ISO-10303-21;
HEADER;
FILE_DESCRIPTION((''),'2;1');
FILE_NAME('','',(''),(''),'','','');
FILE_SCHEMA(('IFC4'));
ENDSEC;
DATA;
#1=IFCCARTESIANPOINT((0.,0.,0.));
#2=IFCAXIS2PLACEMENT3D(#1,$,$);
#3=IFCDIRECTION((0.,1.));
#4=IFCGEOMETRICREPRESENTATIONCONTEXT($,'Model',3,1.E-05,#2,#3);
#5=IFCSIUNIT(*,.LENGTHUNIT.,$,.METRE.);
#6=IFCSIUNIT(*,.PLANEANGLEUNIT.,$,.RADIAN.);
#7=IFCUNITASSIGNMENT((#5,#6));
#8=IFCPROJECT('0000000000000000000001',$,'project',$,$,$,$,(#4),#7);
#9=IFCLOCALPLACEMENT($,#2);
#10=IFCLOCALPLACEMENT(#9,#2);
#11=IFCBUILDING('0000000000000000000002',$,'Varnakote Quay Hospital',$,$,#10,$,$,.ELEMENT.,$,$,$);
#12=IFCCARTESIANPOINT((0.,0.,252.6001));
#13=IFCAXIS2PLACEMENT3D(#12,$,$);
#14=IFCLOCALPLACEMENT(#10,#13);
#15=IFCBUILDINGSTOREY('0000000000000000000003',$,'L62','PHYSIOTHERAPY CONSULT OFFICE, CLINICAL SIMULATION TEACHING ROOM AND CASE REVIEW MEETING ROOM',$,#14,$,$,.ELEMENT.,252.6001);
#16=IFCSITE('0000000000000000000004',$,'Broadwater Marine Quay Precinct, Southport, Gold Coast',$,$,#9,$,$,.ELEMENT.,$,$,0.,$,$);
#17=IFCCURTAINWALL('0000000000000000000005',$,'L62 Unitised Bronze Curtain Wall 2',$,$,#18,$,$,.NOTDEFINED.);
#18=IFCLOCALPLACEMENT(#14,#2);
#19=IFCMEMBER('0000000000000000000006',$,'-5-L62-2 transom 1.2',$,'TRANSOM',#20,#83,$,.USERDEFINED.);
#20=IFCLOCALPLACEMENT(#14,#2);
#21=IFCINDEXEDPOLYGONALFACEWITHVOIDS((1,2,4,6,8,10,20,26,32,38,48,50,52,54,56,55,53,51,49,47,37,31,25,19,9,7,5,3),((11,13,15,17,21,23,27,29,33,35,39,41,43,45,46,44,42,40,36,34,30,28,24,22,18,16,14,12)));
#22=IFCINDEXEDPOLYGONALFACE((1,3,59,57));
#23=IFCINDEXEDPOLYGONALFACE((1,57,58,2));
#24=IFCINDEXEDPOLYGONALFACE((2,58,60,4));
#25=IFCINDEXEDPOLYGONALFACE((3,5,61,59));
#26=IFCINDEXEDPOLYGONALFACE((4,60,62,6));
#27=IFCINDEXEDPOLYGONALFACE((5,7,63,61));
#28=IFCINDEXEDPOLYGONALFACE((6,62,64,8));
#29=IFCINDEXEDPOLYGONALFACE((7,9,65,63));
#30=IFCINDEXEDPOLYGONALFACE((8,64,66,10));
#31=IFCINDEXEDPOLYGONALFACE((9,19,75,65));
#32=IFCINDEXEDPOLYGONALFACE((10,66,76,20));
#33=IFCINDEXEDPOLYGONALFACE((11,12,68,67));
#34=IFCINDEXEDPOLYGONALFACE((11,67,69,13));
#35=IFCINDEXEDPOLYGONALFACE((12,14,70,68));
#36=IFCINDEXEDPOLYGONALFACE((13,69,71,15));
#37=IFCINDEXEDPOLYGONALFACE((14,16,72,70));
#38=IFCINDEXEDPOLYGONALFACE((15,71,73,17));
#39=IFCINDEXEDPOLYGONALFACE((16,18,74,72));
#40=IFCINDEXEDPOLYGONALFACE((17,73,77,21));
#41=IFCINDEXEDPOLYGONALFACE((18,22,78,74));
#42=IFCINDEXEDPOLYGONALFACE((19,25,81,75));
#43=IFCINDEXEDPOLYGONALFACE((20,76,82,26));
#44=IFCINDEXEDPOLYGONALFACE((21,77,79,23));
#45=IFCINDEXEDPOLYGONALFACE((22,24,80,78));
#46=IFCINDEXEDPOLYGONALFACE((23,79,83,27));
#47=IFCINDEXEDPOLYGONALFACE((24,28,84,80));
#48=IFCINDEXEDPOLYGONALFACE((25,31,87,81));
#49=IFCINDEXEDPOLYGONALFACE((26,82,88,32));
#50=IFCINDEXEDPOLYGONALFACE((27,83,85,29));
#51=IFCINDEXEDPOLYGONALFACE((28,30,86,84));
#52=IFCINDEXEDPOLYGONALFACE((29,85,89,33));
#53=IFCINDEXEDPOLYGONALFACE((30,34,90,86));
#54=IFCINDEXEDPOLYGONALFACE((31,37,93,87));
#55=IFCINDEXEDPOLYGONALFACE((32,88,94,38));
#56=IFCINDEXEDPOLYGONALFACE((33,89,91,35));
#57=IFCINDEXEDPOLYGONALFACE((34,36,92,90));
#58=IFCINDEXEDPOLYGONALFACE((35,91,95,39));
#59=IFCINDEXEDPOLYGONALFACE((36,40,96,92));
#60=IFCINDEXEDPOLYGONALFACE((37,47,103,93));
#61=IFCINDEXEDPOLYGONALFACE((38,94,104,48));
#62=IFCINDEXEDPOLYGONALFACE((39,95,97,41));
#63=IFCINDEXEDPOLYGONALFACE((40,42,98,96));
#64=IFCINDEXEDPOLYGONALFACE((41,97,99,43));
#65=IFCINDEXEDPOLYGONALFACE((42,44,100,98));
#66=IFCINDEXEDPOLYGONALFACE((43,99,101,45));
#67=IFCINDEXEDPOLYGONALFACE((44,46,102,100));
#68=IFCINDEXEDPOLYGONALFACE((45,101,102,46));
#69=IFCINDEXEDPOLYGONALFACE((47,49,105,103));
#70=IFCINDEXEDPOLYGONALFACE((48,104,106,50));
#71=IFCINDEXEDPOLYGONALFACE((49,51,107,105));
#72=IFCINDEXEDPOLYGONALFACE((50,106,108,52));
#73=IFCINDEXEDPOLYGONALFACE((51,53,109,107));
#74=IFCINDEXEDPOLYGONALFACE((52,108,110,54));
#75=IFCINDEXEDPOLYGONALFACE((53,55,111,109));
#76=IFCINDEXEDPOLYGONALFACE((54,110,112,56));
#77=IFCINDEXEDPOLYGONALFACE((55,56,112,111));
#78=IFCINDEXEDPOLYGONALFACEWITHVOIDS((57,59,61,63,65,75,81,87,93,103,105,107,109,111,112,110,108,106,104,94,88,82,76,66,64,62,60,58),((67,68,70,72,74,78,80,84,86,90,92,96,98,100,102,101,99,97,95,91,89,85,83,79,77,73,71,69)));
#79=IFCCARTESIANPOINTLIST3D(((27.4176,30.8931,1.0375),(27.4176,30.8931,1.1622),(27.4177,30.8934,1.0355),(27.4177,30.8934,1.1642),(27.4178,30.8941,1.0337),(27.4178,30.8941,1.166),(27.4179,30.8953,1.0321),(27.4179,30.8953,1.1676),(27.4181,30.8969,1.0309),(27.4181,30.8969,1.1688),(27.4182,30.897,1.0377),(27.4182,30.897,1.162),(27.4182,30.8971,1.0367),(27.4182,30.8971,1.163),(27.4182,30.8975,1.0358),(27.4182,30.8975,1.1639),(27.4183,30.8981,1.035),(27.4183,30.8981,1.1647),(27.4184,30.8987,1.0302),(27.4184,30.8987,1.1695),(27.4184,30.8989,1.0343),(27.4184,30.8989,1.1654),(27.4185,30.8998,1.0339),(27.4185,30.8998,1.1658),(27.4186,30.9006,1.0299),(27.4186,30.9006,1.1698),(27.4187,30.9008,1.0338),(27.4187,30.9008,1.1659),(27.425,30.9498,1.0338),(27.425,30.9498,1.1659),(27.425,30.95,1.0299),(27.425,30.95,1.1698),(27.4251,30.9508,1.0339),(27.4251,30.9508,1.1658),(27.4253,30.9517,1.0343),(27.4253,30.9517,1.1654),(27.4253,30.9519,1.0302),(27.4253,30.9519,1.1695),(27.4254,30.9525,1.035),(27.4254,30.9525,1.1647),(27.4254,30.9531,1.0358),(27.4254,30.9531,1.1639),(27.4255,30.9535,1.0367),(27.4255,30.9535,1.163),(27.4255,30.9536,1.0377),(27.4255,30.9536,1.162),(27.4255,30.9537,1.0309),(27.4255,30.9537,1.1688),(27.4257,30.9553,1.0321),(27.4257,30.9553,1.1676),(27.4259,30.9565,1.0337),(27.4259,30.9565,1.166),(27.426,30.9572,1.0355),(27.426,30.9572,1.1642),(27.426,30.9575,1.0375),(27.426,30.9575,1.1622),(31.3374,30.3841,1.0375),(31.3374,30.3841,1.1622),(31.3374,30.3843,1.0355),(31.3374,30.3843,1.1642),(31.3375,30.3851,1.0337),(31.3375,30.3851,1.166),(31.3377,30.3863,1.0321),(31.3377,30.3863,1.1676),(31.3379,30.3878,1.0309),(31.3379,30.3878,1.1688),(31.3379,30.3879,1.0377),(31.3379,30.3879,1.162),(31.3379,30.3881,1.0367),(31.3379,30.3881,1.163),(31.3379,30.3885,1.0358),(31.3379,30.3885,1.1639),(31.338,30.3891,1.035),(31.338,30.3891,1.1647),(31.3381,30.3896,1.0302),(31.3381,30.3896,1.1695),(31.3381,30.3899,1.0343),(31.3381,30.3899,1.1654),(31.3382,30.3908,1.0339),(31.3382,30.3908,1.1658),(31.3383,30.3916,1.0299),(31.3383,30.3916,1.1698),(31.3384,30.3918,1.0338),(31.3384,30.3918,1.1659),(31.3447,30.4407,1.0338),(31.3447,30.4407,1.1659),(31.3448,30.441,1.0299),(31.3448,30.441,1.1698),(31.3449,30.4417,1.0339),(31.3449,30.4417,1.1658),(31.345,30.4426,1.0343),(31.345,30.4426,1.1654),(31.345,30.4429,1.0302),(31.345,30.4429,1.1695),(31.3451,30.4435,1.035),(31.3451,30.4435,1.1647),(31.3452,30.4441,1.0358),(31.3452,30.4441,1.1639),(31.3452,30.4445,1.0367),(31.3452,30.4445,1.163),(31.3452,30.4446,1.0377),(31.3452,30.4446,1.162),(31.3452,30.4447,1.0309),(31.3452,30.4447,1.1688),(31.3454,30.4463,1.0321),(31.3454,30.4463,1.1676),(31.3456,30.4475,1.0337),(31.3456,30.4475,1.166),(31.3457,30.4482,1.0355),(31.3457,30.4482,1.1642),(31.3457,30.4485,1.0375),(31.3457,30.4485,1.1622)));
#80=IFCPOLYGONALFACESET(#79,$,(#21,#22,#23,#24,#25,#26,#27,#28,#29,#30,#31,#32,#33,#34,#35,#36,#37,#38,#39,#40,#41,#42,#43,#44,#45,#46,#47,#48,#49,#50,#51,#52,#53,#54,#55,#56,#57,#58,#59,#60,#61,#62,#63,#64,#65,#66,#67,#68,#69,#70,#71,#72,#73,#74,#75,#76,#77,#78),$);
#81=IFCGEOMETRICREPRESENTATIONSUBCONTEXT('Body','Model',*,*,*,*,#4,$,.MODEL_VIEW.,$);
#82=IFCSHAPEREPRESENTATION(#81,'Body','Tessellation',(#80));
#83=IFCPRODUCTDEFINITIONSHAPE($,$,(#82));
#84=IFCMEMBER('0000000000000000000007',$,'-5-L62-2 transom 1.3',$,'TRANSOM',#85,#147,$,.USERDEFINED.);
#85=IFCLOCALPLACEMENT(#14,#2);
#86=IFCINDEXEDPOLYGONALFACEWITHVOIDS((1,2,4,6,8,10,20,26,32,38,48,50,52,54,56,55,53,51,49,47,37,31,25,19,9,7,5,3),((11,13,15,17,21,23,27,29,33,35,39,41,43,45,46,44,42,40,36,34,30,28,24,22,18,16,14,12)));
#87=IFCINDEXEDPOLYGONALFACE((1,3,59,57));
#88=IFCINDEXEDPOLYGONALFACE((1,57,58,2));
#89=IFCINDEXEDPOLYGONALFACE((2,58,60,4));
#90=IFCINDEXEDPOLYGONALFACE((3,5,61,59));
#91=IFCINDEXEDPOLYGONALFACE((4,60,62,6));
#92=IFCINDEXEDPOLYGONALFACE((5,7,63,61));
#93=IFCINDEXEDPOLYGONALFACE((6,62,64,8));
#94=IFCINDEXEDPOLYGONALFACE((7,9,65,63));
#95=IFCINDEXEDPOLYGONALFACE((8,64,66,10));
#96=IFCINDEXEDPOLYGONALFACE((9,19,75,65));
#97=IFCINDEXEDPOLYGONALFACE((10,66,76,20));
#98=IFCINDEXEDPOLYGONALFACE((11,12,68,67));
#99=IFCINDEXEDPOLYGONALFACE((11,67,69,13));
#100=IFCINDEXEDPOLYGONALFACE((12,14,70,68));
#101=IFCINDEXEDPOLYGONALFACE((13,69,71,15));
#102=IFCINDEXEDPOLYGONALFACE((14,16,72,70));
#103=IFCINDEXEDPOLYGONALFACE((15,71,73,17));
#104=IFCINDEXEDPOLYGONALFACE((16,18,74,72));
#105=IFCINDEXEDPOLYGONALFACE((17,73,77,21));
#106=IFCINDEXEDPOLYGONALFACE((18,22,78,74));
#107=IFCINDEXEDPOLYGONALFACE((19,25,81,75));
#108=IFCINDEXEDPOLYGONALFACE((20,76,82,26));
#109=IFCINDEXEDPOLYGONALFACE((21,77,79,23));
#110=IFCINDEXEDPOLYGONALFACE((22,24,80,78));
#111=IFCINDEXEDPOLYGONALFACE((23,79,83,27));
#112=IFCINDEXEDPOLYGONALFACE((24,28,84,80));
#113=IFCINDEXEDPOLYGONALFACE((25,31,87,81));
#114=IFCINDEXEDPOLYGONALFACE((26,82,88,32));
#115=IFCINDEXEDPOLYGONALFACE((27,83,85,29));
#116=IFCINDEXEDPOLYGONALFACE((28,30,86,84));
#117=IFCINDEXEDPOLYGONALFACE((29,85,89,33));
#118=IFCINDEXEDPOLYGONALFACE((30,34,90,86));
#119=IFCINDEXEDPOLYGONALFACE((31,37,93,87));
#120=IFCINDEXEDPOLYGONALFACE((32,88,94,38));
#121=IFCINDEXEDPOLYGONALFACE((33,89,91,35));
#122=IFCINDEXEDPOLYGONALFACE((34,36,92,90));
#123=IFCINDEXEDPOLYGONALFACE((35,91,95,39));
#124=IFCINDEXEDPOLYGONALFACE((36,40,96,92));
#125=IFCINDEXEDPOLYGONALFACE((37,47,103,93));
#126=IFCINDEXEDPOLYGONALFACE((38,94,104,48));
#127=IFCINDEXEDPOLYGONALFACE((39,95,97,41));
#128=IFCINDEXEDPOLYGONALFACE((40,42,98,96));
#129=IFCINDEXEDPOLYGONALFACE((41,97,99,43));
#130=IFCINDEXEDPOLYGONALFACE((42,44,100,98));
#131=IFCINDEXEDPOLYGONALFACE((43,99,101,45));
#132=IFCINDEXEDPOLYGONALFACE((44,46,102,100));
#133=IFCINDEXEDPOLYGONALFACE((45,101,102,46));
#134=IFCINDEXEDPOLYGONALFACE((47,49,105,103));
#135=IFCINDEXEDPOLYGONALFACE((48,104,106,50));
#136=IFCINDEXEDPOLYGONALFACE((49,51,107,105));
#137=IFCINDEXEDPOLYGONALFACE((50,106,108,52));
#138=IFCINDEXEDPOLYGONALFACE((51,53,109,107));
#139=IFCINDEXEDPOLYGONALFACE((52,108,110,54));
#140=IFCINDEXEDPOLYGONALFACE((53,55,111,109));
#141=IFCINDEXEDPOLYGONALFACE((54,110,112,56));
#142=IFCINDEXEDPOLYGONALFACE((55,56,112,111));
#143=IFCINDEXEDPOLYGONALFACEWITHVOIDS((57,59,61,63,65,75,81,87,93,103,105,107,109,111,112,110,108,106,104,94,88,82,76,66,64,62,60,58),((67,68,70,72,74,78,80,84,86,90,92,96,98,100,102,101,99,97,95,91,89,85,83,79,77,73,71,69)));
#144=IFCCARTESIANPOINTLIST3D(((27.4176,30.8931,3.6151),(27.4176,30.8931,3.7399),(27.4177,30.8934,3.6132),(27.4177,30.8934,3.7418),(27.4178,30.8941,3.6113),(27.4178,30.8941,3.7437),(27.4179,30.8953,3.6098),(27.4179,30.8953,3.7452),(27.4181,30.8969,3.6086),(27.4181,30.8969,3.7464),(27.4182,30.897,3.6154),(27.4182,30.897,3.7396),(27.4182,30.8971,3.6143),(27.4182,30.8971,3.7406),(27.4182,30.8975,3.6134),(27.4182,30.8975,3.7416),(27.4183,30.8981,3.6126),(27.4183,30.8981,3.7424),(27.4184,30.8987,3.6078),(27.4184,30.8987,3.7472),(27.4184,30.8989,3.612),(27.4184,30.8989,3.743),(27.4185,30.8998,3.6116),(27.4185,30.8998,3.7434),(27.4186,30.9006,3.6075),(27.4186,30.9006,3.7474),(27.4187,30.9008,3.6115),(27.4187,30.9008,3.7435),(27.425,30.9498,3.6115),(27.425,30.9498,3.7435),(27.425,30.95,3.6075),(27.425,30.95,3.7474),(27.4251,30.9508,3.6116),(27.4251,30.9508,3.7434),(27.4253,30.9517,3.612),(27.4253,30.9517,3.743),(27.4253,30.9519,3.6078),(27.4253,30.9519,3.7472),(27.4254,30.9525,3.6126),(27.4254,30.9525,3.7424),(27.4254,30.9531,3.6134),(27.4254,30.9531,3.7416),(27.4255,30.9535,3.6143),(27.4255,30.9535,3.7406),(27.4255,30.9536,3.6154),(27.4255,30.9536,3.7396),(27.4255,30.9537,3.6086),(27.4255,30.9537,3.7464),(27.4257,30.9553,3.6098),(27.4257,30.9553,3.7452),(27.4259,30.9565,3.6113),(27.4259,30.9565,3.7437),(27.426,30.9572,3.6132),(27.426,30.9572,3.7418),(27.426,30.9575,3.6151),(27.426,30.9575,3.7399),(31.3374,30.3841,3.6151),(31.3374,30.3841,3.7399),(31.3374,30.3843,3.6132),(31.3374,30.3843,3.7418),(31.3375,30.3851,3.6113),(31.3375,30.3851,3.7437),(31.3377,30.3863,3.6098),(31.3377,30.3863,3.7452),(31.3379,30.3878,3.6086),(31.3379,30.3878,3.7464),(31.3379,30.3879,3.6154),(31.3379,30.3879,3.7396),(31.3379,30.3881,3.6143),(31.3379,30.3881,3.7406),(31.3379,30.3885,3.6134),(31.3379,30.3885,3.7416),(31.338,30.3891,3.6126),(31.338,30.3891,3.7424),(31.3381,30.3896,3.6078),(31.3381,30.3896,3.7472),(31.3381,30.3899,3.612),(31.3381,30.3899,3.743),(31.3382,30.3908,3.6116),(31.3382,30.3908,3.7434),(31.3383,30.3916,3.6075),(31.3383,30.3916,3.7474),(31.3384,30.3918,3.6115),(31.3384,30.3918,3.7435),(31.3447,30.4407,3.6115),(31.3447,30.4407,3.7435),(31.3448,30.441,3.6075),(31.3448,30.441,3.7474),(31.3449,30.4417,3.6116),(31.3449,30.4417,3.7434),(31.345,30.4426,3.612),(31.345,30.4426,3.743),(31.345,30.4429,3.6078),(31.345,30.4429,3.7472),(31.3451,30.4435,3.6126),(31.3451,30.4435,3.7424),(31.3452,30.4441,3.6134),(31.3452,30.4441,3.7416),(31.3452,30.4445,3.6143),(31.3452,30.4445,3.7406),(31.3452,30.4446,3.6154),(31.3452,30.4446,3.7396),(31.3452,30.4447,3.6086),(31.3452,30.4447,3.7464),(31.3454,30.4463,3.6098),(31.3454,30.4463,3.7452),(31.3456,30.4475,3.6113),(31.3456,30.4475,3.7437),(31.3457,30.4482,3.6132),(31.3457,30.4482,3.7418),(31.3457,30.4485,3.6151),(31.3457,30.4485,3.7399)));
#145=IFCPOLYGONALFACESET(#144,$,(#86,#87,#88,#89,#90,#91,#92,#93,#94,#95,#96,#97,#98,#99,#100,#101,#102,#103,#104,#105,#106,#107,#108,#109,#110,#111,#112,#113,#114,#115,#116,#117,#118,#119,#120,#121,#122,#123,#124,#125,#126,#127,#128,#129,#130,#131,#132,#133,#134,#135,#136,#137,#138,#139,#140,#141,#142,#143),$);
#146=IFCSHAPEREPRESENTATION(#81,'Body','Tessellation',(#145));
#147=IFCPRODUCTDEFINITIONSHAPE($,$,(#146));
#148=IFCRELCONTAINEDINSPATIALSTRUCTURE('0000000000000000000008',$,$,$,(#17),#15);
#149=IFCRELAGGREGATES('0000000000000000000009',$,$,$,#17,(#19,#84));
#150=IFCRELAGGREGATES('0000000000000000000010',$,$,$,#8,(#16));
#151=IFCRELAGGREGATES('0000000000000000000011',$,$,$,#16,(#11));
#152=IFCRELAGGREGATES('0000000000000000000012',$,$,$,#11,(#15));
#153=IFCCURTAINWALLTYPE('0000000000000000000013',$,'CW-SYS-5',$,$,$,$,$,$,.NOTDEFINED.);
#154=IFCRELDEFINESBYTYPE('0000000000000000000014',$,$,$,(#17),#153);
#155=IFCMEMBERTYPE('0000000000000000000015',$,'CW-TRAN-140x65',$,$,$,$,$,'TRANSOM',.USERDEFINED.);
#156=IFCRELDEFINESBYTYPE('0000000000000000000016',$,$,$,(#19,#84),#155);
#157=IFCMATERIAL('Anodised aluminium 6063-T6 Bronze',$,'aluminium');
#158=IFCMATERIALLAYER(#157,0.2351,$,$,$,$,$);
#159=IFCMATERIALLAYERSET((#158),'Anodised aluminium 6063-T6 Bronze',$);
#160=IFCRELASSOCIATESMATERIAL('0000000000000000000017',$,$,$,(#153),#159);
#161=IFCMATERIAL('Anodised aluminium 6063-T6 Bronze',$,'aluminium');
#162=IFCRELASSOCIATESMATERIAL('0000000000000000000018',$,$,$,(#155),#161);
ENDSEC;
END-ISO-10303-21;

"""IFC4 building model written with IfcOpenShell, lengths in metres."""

from ifc_helpers import new_model, si_unit, direction, frame, origin, origin_2d, place, context, subcontext, project, spatial, hollow_rectangle, extrude, material, layer, layer_set, material_profile, profile_set, type_object, element, aggregate, save


model = new_model("IFC4")

# Units and contexts
model_context = context("Model", 3, precision=1e-05, world=origin(), true_north=direction((0.0, 1.0)))
body_context = subcontext(model_context, "Body", "Model", "MODEL_VIEW")
ifc_project = project(units=[si_unit("LENGTHUNIT", "METRE"), si_unit("PLANEANGLEUNIT", "RADIAN")], contexts=[model_context])

# Site, building, storey
site_placement = place(None, origin())
site = spatial("IfcSite", under=ifc_project, at=site_placement, Name="Broadwater Marine Quay Precinct, Southport, Gold Coast", CompositionType="ELEMENT", RefElevation=0.0)
building_placement = place(site_placement, origin())
building = spatial("IfcBuilding", under=site, at=building_placement, Name="Varnakote Quay Hospital", CompositionType="ELEMENT")
storey_placement = place(building_placement, frame((0.0, 0.0, 252.6001)))
storey = spatial("IfcBuildingStorey", under=building, at=storey_placement, Name="L62", Description="PHYSIOTHERAPY CONSULT OFFICE, CLINICAL SIMULATION TEACHING ROOM AND CASE REVIEW MEETING ROOM", CompositionType="ELEMENT", Elevation=252.6001)

# Shared definitions
ifc_material_1 = material(Name="Anodised aluminium 6063-T6 Bronze", Category="aluminium")
ifc_layer_1 = layer(ifc_material_1, 0.2351)
ifc_layer_set_1 = layer_set([ifc_layer_1], Name="Anodised aluminium 6063-T6 Bronze")
curtain_wall_type = type_object("IfcCurtainWallType", Name="CW-SYS-5", PredefinedType="NOTDEFINED", material=ifc_layer_set_1)

# Curtain wall, members
curtain_wall_1_placement = place(storey_placement, origin())
curtain_wall_1 = element("IfcCurtainWall", 1, at=curtain_wall_1_placement, inside=storey, type_object=curtain_wall_type, Name="L62 Unitised Bronze Curtain Wall 2", PredefinedType="NOTDEFINED")
ifc_material_2 = material(Name="Anodised aluminium 6063-T6 Bronze", Category="aluminium")
ifc_material_profile_1 = material_profile(ifc_material_2, hollow_rectangle(XDim=0.0649, YDim=0.1399, WallThickness=0.0039, InnerFilletRadius=0.0039, OuterFilletRadius=0.0076, at=origin_2d()), Name="CW-TRAN-140x65")
ifc_profile_set_1 = profile_set([ifc_material_profile_1], Name="Anodised aluminium 6063-T6 Bronze")
member_type_1 = type_object("IfcMemberType", Name="CW-TRAN-140x65", ElementType="TRANSOM", PredefinedType="USERDEFINED", material=ifc_profile_set_1)
member_1_placement = place(storey_placement, frame((31.3416, 30.4163, 1.0999), z_axis=(-0.991673, 0.128785, 0.0), x_axis=(-0.128785, -0.991673, 0.0)))
member_1 = element("IfcMember", 2, at=member_1_placement, type_object=member_type_1, Name="-5-L62-2 transom 1.2", ObjectType="TRANSOM", PredefinedType="USERDEFINED", context=body_context, shape_type="SweptSolid", body=[
    extrude(hollow_rectangle(XDim=0.0649, YDim=0.1399, WallThickness=0.0039, InnerFilletRadius=0.0039, OuterFilletRadius=0.0076, at=origin_2d()), origin(), (0.0, 0.0, 1.0), 3.9526),
])
member_2_placement = place(storey_placement, frame((31.3416, 30.4163, 3.6775), z_axis=(-0.991673, 0.128785, 0.0), x_axis=(-0.128785, -0.991673, 0.0)))
member_2 = element("IfcMember", 3, at=member_2_placement, type_object=member_type_1, Name="-5-L62-2 transom 1.3", ObjectType="TRANSOM", PredefinedType="USERDEFINED", context=body_context, shape_type="SweptSolid", body=[
    extrude(hollow_rectangle(XDim=0.0649, YDim=0.1399, WallThickness=0.0039, InnerFilletRadius=0.0039, OuterFilletRadius=0.0076, at=origin_2d()), origin(), (0.0, 0.0, 1.0), 3.9526),
])

aggregate(curtain_wall_1, [member_1, member_2])

save(model, "model.ifc")
